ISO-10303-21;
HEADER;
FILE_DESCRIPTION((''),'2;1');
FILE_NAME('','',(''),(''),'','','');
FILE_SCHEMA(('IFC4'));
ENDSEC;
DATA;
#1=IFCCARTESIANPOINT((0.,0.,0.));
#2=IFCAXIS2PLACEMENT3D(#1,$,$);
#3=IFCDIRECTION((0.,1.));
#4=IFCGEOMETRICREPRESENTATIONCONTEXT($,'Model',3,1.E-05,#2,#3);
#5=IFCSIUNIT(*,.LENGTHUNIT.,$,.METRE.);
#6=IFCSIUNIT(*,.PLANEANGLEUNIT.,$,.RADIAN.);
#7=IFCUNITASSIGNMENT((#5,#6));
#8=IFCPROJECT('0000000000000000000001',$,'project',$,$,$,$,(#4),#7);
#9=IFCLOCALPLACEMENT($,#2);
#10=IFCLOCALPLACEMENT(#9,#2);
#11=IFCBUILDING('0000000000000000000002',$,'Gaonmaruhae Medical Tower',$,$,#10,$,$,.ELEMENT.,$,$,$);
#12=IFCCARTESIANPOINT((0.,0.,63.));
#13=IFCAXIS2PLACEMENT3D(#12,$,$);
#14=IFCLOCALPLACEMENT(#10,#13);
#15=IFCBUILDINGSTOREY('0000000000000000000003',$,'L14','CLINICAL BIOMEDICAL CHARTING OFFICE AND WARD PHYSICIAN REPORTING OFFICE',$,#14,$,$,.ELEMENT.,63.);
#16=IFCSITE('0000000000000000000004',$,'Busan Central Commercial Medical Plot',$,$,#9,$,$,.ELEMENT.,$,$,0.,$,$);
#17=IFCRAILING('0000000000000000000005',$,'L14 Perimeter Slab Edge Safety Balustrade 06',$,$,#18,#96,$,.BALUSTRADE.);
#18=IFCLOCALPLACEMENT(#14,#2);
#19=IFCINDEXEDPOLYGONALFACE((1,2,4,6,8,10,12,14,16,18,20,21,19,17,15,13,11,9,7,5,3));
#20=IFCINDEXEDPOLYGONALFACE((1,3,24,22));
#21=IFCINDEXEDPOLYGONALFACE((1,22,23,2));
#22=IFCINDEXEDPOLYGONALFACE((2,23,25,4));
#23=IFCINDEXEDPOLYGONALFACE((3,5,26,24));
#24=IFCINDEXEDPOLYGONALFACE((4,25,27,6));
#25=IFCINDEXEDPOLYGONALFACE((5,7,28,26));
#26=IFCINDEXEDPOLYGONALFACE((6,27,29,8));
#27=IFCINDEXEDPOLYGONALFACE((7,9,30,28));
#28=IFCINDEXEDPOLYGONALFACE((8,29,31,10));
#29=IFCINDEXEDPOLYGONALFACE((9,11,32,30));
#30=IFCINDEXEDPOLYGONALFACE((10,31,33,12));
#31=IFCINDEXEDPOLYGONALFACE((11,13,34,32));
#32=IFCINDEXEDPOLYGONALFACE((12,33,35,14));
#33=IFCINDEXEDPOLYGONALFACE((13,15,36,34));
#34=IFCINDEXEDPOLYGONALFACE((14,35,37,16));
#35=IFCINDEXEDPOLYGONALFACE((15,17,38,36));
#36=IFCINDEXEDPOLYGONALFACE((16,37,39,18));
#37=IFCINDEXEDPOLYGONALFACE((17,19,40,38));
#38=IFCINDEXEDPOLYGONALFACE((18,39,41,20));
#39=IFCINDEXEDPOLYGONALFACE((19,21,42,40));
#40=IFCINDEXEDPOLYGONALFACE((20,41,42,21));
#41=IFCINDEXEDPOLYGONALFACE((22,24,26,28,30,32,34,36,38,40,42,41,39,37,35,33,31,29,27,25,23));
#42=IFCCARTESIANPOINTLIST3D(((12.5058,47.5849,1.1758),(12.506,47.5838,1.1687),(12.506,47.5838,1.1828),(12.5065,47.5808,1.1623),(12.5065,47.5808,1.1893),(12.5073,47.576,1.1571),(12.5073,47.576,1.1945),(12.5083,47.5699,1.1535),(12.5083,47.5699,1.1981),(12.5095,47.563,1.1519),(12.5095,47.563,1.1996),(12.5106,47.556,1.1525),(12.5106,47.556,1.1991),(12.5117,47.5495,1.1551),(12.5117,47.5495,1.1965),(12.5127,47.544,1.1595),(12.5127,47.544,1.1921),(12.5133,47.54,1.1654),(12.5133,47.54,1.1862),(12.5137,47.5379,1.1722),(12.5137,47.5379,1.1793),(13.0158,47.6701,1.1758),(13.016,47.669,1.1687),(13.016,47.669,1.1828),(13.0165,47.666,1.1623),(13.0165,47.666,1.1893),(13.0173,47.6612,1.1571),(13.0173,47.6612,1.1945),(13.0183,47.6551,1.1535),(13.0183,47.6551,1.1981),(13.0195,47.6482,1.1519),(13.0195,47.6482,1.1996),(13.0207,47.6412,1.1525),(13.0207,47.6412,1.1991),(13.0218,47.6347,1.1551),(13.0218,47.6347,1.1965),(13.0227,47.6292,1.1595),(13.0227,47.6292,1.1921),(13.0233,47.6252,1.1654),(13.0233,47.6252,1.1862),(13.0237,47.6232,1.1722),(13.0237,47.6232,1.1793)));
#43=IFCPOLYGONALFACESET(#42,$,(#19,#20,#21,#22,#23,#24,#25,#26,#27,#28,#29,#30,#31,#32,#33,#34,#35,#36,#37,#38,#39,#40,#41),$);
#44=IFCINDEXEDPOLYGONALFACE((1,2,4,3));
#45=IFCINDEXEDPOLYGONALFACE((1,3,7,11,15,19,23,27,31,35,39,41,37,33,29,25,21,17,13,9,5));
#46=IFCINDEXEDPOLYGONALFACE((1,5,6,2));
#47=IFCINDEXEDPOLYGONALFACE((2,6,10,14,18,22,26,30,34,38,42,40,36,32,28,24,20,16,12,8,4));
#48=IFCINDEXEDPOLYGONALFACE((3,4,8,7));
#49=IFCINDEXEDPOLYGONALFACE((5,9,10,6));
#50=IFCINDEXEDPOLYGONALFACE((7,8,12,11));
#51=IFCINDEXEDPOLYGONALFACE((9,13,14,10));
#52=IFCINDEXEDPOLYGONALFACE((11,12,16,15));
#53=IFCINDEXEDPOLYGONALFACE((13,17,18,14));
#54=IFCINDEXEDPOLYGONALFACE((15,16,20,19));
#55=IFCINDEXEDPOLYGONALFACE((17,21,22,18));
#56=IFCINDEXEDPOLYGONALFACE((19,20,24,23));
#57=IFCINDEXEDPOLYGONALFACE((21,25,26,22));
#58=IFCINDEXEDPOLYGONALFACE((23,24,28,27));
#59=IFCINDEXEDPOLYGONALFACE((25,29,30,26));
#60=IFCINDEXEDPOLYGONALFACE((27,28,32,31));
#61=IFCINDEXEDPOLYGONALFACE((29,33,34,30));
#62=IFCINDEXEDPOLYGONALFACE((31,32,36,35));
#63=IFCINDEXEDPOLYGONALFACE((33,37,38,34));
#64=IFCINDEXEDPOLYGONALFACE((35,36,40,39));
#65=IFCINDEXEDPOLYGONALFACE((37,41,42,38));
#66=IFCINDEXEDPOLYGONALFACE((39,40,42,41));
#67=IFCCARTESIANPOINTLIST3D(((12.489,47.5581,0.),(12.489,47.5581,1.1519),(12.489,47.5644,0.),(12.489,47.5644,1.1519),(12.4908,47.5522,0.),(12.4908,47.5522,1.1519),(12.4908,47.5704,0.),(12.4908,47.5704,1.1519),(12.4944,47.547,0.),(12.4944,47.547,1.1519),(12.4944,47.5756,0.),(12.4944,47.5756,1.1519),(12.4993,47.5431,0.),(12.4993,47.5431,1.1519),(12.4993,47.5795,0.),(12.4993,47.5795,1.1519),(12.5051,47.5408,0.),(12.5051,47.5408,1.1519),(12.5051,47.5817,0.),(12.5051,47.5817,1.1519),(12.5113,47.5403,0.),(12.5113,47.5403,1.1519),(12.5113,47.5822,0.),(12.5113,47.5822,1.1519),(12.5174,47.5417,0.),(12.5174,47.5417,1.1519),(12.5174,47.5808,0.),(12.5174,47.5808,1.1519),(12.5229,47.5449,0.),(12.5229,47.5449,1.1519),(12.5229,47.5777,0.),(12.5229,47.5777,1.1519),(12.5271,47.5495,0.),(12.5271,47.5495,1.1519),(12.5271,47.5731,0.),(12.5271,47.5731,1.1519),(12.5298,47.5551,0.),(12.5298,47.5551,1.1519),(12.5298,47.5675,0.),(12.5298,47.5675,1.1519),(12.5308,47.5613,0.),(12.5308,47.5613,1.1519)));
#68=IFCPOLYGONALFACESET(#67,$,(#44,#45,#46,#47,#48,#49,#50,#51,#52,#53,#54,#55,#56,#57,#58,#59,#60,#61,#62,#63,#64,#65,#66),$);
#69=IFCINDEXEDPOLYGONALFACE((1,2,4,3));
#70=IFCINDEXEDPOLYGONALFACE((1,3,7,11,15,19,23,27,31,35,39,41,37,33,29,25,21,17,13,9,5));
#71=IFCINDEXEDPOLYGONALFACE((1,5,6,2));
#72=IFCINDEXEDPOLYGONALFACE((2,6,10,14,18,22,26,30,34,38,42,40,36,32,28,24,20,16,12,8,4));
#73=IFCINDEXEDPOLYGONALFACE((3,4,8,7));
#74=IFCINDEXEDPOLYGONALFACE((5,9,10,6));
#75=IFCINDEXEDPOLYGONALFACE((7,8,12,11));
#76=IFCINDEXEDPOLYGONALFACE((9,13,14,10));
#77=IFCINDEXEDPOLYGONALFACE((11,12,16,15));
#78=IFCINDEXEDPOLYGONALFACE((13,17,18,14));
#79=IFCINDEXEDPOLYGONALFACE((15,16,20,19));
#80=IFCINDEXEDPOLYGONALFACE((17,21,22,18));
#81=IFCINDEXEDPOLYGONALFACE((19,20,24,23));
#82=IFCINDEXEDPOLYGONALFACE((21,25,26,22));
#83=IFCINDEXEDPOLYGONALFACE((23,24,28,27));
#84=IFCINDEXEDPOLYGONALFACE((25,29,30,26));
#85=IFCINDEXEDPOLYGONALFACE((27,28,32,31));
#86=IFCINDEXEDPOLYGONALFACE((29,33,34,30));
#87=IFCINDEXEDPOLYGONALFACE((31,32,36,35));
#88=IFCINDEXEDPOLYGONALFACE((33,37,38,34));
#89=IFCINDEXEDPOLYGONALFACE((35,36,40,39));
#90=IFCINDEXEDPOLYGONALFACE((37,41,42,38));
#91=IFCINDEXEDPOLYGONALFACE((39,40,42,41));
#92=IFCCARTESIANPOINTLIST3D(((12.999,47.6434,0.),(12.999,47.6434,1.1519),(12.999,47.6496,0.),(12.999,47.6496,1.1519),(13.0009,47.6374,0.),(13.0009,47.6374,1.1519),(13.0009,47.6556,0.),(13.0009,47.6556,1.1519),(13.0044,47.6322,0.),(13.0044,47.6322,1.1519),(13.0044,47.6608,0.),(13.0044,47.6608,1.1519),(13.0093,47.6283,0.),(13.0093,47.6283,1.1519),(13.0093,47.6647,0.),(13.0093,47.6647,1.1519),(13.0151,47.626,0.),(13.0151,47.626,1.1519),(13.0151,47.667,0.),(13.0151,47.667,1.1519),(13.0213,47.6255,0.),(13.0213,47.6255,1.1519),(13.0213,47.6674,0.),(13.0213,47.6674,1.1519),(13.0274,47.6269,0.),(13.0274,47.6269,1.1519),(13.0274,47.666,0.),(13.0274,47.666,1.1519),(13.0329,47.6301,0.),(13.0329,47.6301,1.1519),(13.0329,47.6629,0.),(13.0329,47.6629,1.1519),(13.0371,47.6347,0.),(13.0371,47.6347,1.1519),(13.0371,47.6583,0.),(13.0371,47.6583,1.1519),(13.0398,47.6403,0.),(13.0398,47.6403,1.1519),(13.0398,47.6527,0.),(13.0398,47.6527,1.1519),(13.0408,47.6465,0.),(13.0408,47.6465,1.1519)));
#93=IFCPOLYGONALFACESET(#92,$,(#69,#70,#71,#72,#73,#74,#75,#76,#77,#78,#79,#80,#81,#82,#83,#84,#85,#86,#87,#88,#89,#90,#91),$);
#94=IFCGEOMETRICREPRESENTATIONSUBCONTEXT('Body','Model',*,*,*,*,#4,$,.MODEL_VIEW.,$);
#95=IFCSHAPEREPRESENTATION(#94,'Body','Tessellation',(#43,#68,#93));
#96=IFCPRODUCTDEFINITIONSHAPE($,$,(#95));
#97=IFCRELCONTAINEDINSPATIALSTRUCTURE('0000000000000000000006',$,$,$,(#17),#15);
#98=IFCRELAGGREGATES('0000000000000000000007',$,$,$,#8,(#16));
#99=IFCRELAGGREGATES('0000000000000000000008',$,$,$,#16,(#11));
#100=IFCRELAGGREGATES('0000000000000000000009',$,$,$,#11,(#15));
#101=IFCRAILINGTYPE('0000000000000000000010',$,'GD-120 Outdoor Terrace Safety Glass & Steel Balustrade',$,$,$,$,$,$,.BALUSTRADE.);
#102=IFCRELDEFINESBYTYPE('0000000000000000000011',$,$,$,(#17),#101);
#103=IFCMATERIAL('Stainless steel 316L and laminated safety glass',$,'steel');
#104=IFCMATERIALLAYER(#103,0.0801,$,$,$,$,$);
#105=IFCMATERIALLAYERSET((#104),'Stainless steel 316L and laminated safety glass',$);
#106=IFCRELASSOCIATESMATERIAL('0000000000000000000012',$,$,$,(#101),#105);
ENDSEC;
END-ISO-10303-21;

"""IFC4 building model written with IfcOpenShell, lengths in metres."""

from ifc_helpers import new_model, si_unit, direction, frame, origin, origin_2d, place, context, subcontext, project, spatial, circle, extrude, material, layer, layer_set, type_object, element, save


model = new_model("IFC4")

# Units and contexts
model_context = context("Model", 3, precision=1e-05, world=origin(), true_north=direction((0.0, 1.0)))
body_context = subcontext(model_context, "Body", "Model", "MODEL_VIEW")
ifc_project = project(units=[si_unit("LENGTHUNIT", "METRE"), si_unit("PLANEANGLEUNIT", "RADIAN")], contexts=[model_context])

# Site, building, storey
site_placement = place(None, origin())
site = spatial("IfcSite", under=ifc_project, at=site_placement, Name="Busan Central Commercial Medical Plot", CompositionType="ELEMENT", RefElevation=0.0)
building_placement = place(site_placement, origin())
building = spatial("IfcBuilding", under=site, at=building_placement, Name="Gaonmaruhae Medical Tower", CompositionType="ELEMENT")
storey_placement = place(building_placement, frame((0.0, 0.0, 63.0)))
storey = spatial("IfcBuildingStorey", under=building, at=storey_placement, Name="L14", Description="CLINICAL BIOMEDICAL CHARTING OFFICE AND WARD PHYSICIAN REPORTING OFFICE", CompositionType="ELEMENT", Elevation=63.0)

# Railing
ifc_material_1 = material(Name="Stainless steel 316L and laminated safety glass", Category="steel")
ifc_layer_1 = layer(ifc_material_1, 0.0801)
ifc_layer_set_1 = layer_set([ifc_layer_1], Name="Stainless steel 316L and laminated safety glass")
railing_type = type_object("IfcRailingType", Name="GD-120 Outdoor Terrace Safety Glass & Steel Balustrade", PredefinedType="BALUSTRADE", material=ifc_layer_set_1)
railing_1_placement = place(storey_placement, frame((12.5098, 47.5613, 0.0)))
element("IfcRailing", 1, at=railing_1_placement, inside=storey, type_object=railing_type, Name="L14 Perimeter Slab Edge Safety Balustrade 06", PredefinedType="BALUSTRADE", context=body_context, shape_type="SweptSolid", body=[
    extrude(circle(Radius=0.0239, at=origin_2d()), frame((0.0, 0.0, 1.1758), z_axis=(0.98633, 0.164782, 0.0), x_axis=(-0.164782, 0.98633, 0.0)), (0.0, 0.0, 1.0), 0.5171),
    extrude(circle(Radius=0.021, at=origin_2d()), origin(), (0.0, 0.0, 1.0), 1.1519),
    extrude(circle(Radius=0.021, at=origin_2d()), frame((0.51, 0.0852, 0.0)), (0.0, 0.0, 1.0), 1.1519),
])

save(model, "model.ifc")
